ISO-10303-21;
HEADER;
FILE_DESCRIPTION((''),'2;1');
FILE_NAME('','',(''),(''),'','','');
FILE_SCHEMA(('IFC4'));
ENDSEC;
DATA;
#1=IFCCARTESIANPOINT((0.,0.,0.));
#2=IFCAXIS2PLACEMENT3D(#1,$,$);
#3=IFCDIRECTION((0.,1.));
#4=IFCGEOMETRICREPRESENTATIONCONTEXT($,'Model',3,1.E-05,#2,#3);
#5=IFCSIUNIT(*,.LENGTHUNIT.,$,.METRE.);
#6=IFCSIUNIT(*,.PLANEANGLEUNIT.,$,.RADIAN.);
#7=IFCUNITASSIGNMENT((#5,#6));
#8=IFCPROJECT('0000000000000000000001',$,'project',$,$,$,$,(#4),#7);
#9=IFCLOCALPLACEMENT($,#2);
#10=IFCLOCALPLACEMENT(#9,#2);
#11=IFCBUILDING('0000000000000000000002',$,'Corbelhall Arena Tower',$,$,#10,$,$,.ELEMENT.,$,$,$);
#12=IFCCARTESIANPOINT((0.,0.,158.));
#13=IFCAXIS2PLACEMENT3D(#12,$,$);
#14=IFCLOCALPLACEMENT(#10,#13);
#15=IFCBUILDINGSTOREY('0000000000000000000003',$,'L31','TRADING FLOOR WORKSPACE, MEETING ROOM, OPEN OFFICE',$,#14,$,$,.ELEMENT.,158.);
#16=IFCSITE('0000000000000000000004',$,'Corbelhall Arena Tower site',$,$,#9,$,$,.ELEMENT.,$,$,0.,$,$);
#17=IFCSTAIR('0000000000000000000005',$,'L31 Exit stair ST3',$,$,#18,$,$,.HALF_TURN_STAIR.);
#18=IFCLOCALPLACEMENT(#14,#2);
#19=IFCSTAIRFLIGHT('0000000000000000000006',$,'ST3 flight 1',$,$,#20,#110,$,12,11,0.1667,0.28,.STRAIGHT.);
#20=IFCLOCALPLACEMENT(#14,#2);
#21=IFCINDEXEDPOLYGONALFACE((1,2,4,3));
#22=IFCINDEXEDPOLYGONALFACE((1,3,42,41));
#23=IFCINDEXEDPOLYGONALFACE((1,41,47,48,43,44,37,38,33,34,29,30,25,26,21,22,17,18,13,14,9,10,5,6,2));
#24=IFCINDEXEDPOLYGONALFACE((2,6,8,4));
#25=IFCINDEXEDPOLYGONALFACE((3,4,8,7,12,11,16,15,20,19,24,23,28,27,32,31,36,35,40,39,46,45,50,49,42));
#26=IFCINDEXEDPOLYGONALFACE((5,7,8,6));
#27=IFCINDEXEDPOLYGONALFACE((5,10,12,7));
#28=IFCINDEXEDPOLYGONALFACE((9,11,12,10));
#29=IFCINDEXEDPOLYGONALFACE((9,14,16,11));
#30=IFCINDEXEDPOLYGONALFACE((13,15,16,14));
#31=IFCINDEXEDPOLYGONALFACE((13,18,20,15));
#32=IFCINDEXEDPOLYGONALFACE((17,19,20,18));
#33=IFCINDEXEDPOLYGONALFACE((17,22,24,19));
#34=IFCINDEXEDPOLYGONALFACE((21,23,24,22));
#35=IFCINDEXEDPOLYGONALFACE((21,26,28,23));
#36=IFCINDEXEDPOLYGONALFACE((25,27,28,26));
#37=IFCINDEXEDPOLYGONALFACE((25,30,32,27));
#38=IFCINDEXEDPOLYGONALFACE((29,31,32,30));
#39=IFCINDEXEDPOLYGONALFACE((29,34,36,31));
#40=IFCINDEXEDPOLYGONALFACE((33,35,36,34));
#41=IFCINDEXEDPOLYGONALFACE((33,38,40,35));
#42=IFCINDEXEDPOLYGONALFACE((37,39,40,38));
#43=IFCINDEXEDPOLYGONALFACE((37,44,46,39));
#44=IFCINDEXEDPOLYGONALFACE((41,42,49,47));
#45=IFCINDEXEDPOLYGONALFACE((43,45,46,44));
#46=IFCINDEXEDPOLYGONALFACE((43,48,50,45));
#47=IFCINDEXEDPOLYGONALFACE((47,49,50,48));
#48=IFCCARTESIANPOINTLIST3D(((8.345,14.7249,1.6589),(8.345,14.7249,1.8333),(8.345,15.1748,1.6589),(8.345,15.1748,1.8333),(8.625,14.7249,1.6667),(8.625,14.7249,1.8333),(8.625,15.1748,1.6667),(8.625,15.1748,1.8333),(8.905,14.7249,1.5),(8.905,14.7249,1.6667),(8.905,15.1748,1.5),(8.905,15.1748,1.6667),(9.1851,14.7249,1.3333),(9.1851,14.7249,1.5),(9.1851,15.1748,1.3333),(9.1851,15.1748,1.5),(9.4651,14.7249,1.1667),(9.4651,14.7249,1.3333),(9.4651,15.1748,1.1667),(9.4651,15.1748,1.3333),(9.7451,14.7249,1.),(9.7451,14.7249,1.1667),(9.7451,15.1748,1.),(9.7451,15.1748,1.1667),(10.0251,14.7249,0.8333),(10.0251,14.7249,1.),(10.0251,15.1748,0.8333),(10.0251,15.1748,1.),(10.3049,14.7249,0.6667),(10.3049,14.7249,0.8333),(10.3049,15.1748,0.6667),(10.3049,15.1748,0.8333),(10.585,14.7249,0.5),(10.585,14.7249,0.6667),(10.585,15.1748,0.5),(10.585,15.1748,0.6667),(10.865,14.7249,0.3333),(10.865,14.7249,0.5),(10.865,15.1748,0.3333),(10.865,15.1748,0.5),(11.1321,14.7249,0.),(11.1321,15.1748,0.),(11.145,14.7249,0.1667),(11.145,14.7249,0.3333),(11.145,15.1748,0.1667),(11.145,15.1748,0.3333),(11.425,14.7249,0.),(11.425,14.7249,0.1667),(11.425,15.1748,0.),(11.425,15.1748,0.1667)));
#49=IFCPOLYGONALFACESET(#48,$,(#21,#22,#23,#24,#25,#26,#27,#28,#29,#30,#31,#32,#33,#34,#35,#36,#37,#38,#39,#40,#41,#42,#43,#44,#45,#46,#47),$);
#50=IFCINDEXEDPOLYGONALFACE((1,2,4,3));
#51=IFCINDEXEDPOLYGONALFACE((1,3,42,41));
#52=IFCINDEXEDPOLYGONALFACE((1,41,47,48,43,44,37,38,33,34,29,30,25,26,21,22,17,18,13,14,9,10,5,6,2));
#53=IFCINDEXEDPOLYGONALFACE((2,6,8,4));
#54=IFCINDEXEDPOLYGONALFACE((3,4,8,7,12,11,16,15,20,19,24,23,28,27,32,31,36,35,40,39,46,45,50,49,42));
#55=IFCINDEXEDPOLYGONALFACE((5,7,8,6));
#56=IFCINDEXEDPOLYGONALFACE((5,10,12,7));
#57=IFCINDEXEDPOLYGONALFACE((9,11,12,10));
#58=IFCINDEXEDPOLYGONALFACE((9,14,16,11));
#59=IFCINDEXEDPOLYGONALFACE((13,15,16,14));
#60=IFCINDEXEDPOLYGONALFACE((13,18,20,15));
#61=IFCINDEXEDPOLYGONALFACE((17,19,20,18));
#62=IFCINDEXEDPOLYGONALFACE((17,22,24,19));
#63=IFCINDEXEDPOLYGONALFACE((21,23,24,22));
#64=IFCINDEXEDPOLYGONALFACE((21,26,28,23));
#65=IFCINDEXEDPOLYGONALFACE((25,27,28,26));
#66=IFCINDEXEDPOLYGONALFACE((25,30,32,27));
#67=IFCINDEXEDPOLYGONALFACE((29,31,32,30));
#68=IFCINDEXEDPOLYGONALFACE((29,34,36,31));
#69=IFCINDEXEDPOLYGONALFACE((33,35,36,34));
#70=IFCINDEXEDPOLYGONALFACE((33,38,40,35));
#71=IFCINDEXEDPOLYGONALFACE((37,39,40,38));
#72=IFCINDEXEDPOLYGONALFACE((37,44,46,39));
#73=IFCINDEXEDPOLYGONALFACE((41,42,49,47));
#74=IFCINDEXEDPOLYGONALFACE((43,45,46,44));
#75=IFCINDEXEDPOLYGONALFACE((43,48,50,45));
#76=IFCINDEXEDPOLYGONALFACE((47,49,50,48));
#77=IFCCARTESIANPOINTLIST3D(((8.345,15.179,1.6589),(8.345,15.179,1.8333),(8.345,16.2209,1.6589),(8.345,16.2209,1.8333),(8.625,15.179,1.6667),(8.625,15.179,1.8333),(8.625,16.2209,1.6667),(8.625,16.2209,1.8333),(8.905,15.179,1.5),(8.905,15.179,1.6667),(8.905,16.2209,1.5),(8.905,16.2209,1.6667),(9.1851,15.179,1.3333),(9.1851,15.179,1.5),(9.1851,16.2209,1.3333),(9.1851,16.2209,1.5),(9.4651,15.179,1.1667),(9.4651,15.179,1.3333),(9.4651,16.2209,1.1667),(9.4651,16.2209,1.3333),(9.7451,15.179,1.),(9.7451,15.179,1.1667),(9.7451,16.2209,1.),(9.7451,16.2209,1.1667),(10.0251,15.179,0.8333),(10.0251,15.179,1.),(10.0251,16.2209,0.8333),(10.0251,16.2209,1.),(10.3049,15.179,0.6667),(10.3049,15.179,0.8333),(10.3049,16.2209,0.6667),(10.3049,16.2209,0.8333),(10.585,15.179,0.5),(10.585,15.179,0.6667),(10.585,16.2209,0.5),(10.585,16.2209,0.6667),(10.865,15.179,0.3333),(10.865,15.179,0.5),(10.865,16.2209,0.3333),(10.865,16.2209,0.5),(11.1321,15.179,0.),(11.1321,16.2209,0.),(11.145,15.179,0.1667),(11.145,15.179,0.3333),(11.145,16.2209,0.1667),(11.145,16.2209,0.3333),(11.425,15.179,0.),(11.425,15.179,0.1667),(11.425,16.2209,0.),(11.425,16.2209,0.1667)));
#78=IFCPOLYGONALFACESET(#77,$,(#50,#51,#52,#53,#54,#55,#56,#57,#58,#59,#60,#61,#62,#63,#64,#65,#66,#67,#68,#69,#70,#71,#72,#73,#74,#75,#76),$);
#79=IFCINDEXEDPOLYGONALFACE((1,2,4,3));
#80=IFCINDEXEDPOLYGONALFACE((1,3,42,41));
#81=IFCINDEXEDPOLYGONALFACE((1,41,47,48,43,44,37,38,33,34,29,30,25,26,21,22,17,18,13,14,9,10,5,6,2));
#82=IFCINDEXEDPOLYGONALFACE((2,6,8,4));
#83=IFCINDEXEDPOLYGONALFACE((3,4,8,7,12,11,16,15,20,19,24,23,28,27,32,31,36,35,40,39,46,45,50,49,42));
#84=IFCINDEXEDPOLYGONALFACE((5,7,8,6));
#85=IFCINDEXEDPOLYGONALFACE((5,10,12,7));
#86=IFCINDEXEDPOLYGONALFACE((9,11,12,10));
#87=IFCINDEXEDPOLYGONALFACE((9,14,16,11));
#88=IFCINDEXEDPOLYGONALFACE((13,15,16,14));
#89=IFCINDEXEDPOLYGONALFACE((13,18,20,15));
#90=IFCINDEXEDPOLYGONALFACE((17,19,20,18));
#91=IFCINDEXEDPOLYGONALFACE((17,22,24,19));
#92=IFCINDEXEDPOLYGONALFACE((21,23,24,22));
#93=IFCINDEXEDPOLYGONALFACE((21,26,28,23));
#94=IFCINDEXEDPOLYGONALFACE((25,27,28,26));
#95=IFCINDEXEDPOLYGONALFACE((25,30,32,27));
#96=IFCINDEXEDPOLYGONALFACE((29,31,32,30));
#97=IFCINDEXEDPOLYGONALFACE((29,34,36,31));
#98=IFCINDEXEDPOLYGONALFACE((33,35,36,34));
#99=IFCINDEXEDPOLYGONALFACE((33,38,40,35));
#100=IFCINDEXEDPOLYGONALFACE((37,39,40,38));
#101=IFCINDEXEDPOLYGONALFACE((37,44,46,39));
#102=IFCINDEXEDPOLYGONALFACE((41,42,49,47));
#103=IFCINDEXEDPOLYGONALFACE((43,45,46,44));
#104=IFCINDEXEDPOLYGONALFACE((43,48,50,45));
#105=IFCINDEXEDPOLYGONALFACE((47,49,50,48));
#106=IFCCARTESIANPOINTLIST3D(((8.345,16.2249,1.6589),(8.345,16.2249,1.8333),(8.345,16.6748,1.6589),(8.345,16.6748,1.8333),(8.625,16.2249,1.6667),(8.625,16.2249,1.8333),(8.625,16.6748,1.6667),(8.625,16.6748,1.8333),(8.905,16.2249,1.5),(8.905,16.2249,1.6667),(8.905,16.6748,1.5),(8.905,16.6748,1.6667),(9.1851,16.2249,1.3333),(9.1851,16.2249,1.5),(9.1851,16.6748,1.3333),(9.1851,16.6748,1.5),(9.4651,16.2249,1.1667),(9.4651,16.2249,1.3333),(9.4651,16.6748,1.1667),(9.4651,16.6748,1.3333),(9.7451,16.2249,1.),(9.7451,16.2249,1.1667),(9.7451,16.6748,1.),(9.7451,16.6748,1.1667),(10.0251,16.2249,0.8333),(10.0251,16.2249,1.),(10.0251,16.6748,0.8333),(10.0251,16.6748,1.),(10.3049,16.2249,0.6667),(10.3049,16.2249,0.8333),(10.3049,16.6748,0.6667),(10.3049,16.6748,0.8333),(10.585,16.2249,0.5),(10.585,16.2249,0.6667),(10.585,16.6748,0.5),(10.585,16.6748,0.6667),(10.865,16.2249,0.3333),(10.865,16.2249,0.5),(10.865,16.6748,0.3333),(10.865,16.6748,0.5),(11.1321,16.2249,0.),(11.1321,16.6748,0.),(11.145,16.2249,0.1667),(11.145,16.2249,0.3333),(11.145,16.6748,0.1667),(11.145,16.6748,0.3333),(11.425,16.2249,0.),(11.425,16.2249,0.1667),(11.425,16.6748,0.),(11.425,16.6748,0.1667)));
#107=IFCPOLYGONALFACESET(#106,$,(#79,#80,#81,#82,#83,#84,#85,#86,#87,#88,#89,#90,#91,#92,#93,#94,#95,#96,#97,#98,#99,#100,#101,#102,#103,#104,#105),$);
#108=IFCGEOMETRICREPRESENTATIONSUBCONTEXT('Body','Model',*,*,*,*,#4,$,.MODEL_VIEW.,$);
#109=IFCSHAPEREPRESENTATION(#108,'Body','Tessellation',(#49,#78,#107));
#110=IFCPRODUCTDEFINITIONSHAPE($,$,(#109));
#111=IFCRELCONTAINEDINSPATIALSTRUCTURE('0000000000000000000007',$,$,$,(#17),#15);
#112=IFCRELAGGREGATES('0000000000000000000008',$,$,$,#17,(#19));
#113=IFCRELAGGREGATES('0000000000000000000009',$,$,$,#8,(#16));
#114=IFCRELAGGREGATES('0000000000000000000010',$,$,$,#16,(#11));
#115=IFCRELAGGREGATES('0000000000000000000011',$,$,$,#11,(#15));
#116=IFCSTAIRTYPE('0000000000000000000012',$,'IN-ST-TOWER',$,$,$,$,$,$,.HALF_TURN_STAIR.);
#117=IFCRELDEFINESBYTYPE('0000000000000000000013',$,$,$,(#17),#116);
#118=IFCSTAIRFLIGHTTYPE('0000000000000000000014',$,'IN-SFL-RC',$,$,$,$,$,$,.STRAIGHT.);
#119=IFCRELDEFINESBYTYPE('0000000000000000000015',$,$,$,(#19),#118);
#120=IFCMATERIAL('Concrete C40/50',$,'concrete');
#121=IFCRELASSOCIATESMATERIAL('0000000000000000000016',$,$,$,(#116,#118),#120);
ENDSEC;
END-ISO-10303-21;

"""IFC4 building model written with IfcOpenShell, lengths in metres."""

from ifc_helpers import new_model, si_unit, direction, frame, origin, place, context, subcontext, project, spatial, polyline, outline, extrude, material, type_object, element, aggregate, save


model = new_model("IFC4")

# Units and contexts
model_context = context("Model", 3, precision=1e-05, world=origin(), true_north=direction((0.0, 1.0)))
body_context = subcontext(model_context, "Body", "Model", "MODEL_VIEW")
ifc_project = project(units=[si_unit("LENGTHUNIT", "METRE"), si_unit("PLANEANGLEUNIT", "RADIAN")], contexts=[model_context])

# Site, building, storey
site_placement = place(None, origin())
site = spatial("IfcSite", under=ifc_project, at=site_placement, Name="Corbelhall Arena Tower site", CompositionType="ELEMENT", RefElevation=0.0)
building_placement = place(site_placement, origin())
building = spatial("IfcBuilding", under=site, at=building_placement, Name="Corbelhall Arena Tower", CompositionType="ELEMENT")
storey_placement = place(building_placement, frame((0.0, 0.0, 158.0)))
storey = spatial("IfcBuildingStorey", under=building, at=storey_placement, Name="L31", Description="TRADING FLOOR WORKSPACE, MEETING ROOM, OPEN OFFICE", CompositionType="ELEMENT", Elevation=158.0)

# Shared definitions
ifc_material_1 = material(Name="Concrete C40/50", Category="concrete")

# Stair, stair flight
stair_type = type_object("IfcStairType", Name="IN-ST-TOWER", PredefinedType="HALF_TURN_STAIR", material=ifc_material_1)
stair_placement = place(storey_placement, origin())
stair = element("IfcStair", 1, at=stair_placement, inside=storey, type_object=stair_type, Name="L31 Exit stair ST3", PredefinedType="HALF_TURN_STAIR")
stair_flight_type = type_object("IfcStairFlightType", Name="IN-SFL-RC", PredefinedType="STRAIGHT", material=ifc_material_1)
stair_flight_1_placement = place(storey_placement, frame((11.425, 15.7, 0.0), z_axis=(0.0, 0.0, 1.0), x_axis=(-1.0, 0.0, 0.0)))
stair_flight_1 = element("IfcStairFlight", 2, at=stair_flight_1_placement, type_object=stair_flight_type, Name="ST3 flight 1", NumberOfRisers=12, NumberOfTreads=11, PredefinedType="STRAIGHT", RiserHeight=0.1667, TreadLength=0.28, context=body_context, shape_type="SweptSolid", body=[
    extrude(outline(polyline([(0.0, 0.0), (0.0, 0.1667), (0.28, 0.1667), (0.28, 0.3333), (0.5601, 0.3333), (0.5601, 0.5), (0.8401, 0.5), (0.8401, 0.6667), (1.1201, 0.6667), (1.1201, 0.8333), (1.3999, 0.8333), (1.3999, 1.0), (1.6799, 1.0), (1.6799, 1.1667), (1.96, 1.1667), (1.96, 1.3333), (2.24, 1.3333), (2.24, 1.5), (2.52, 1.5), (2.52, 1.6667), (2.8, 1.6667), (2.8, 1.8333), (3.0801, 1.8333), (3.0801, 2.0), (3.0801, 1.6589), (0.293, 0.0), (0.0, 0.0)])), frame((0.0, 0.9751, 0.0), z_axis=(0.0, -1.0, 0.0), x_axis=(1.0, 0.0, 0.0)), (0.0, 0.0, 1.0), 0.45),
    extrude(outline(polyline([(0.0, 0.0), (0.0, 0.1667), (0.28, 0.1667), (0.28, 0.3333), (0.5601, 0.3333), (0.5601, 0.5), (0.8401, 0.5), (0.8401, 0.6667), (1.1201, 0.6667), (1.1201, 0.8333), (1.3999, 0.8333), (1.3999, 1.0), (1.6799, 1.0), (1.6799, 1.1667), (1.96, 1.1667), (1.96, 1.3333), (2.24, 1.3333), (2.24, 1.5), (2.52, 1.5), (2.52, 1.6667), (2.8, 1.6667), (2.8, 1.8333), (3.0801, 1.8333), (3.0801, 2.0), (3.0801, 1.6589), (0.293, 0.0), (0.0, 0.0)])), frame((0.0, 0.521, 0.0), z_axis=(0.0, -1.0, 0.0), x_axis=(1.0, 0.0, 0.0)), (0.0, 0.0, 1.0), 1.042),
    extrude(outline(polyline([(0.0, 0.0), (0.0, 0.1667), (0.28, 0.1667), (0.28, 0.3333), (0.5601, 0.3333), (0.5601, 0.5), (0.8401, 0.5), (0.8401, 0.6667), (1.1201, 0.6667), (1.1201, 0.8333), (1.3999, 0.8333), (1.3999, 1.0), (1.6799, 1.0), (1.6799, 1.1667), (1.96, 1.1667), (1.96, 1.3333), (2.24, 1.3333), (2.24, 1.5), (2.52, 1.5), (2.52, 1.6667), (2.8, 1.6667), (2.8, 1.8333), (3.0801, 1.8333), (3.0801, 2.0), (3.0801, 1.6589), (0.293, 0.0), (0.0, 0.0)])), frame((0.0, -0.5249, 0.0), z_axis=(0.0, -1.0, 0.0), x_axis=(1.0, 0.0, 0.0)), (0.0, 0.0, 1.0), 0.45),
])
aggregate(stair, [stair_flight_1])

save(model, "model.ifc")
